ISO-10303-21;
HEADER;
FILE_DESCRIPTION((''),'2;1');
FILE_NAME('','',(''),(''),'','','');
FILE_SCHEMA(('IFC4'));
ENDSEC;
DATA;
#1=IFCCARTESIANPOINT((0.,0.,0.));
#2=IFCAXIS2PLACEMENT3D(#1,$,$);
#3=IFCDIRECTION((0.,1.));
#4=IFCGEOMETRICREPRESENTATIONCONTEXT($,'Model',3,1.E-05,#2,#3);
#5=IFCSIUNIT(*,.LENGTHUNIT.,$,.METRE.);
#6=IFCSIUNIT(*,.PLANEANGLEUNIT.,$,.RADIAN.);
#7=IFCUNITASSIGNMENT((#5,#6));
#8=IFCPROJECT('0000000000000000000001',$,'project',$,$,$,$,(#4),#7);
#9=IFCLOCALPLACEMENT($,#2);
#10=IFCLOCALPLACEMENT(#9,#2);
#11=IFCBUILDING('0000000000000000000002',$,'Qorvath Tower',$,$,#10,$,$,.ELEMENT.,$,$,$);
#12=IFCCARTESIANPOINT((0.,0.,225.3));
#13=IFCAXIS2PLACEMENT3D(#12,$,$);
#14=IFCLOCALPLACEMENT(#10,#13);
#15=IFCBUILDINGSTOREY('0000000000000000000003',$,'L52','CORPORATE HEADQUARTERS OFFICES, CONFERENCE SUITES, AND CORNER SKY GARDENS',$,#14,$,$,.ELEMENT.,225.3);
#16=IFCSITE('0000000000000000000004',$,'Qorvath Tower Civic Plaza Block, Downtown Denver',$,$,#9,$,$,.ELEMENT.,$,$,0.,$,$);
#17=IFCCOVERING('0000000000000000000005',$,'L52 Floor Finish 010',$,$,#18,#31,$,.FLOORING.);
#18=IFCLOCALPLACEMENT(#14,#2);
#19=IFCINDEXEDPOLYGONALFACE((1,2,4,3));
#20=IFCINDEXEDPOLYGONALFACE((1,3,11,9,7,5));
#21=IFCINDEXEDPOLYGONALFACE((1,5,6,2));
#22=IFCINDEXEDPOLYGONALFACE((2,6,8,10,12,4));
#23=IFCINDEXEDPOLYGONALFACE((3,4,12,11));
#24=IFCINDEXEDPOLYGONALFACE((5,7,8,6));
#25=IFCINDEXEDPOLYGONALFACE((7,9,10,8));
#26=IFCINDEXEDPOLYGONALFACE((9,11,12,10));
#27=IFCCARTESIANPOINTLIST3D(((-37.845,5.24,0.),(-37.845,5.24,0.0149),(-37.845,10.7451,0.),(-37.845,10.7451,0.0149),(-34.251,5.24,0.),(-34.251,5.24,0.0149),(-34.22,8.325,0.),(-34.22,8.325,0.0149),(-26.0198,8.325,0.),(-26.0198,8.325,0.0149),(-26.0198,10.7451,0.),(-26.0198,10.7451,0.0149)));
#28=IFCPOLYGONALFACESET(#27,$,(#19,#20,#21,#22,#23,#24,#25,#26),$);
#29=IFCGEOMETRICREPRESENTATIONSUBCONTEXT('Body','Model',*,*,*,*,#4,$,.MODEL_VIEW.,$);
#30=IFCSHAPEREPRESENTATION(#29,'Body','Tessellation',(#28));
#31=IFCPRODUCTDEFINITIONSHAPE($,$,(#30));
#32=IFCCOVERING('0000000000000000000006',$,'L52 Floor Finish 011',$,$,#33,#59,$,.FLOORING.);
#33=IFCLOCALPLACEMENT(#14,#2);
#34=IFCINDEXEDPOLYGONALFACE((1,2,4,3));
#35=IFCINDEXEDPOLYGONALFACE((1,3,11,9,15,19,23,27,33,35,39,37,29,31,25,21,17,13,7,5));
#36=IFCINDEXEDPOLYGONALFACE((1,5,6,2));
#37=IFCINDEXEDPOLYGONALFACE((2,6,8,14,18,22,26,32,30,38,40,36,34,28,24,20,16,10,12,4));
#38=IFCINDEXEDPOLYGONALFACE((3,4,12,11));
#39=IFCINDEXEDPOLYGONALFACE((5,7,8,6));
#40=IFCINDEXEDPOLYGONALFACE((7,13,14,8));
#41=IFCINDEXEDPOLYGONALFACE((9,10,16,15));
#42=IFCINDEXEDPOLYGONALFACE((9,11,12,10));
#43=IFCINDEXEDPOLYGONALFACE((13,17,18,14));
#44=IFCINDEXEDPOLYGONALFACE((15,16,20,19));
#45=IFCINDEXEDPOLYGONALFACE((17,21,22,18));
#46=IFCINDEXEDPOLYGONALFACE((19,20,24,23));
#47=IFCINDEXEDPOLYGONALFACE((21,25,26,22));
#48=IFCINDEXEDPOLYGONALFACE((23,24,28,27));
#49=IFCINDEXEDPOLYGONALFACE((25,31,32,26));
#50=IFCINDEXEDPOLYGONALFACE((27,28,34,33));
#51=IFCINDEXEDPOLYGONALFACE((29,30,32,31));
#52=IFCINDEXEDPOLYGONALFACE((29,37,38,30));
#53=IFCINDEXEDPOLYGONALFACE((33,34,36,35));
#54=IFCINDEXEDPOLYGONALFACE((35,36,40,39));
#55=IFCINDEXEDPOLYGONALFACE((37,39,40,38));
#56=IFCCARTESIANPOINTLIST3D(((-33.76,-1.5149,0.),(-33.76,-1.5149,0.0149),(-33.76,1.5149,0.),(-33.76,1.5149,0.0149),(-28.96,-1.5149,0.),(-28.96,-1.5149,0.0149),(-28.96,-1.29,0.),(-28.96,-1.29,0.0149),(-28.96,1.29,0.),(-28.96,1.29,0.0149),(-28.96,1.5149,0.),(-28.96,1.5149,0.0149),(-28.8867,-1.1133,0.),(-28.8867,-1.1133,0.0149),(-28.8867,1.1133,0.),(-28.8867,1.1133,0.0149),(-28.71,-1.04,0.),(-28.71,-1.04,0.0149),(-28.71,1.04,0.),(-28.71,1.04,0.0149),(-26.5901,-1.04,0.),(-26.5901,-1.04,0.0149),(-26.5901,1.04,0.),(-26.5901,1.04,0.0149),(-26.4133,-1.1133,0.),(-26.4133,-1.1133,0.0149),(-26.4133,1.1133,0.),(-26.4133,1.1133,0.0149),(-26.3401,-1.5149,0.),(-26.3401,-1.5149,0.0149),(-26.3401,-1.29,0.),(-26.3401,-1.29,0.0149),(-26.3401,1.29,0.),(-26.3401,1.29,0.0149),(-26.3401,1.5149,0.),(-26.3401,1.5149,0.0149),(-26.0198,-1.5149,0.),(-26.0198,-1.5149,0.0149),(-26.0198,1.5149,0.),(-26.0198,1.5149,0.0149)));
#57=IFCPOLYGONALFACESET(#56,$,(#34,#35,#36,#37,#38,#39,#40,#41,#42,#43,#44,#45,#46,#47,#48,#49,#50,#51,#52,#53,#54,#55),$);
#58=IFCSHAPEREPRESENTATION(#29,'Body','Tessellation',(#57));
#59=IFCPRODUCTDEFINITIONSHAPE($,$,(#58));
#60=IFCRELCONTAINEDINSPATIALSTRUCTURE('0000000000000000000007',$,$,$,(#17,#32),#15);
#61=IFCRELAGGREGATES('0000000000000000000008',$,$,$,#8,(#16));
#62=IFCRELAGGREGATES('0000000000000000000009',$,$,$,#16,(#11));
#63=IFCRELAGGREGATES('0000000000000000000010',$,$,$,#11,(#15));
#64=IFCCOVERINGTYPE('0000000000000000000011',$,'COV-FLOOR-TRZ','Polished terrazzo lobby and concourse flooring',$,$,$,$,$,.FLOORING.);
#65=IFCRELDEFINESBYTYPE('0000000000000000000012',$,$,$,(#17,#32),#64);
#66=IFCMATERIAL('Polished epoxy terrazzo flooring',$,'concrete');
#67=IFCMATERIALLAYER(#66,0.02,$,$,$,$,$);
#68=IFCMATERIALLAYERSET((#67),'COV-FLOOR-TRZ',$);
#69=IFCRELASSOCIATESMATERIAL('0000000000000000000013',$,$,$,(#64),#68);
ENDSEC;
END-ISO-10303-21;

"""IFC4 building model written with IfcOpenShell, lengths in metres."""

from ifc_helpers import new_model, si_unit, direction, frame, origin, place, context, subcontext, project, spatial, polyline, outline, extrude, material, layer, layer_set, type_object, element, save


model = new_model("IFC4")

# Units and contexts
model_context = context("Model", 3, precision=1e-05, world=origin(), true_north=direction((0.0, 1.0)))
body_context = subcontext(model_context, "Body", "Model", "MODEL_VIEW")
ifc_project = project(units=[si_unit("LENGTHUNIT", "METRE"), si_unit("PLANEANGLEUNIT", "RADIAN")], contexts=[model_context])

# Site, building, storey
site_placement = place(None, origin())
site = spatial("IfcSite", under=ifc_project, at=site_placement, Name="Qorvath Tower Civic Plaza Block, Downtown Denver", CompositionType="ELEMENT", RefElevation=0.0)
building_placement = place(site_placement, origin())
building = spatial("IfcBuilding", under=site, at=building_placement, Name="Qorvath Tower", CompositionType="ELEMENT")
storey_placement = place(building_placement, frame((0.0, 0.0, 225.3)))
storey = spatial("IfcBuildingStorey", under=building, at=storey_placement, Name="L52", Description="CORPORATE HEADQUARTERS OFFICES, CONFERENCE SUITES, AND CORNER SKY GARDENS", CompositionType="ELEMENT", Elevation=225.3)

# Coverings
ifc_material_1 = material(Name="Polished epoxy terrazzo flooring", Category="concrete")
ifc_layer_1 = layer(ifc_material_1, 0.02)
ifc_layer_set_1 = layer_set([ifc_layer_1], Name="COV-FLOOR-TRZ")
covering_type_1 = type_object("IfcCoveringType", Name="COV-FLOOR-TRZ", Description="Polished terrazzo lobby and concourse flooring", PredefinedType="FLOORING", material=ifc_layer_set_1)
covering_1_placement = place(storey_placement, origin())
element("IfcCovering", 1, at=covering_1_placement, inside=storey, type_object=covering_type_1, Name="L52 Floor Finish 010", PredefinedType="FLOORING", context=body_context, shape_type="SweptSolid", body=[
    extrude(outline(polyline([(-26.0198, 8.325), (-26.0198, 10.7451), (-37.845, 10.7451), (-37.845, 5.24), (-34.251, 5.24), (-34.22, 8.325), (-26.0198, 8.325)])), origin(), (0.0, 0.0, 1.0), 0.0149),
])
covering_2_placement = place(storey_placement, origin())
element("IfcCovering", 2, at=covering_2_placement, inside=storey, type_object=covering_type_1, Name="L52 Floor Finish 011", PredefinedType="FLOORING", context=body_context, shape_type="SweptSolid", body=[
    extrude(outline(polyline([(-26.0198, -1.5149), (-26.0198, 1.5149), (-26.3401, 1.5149), (-26.3401, 1.29), (-26.4133, 1.1133), (-26.5901, 1.04), (-28.71, 1.04), (-28.8867, 1.1133), (-28.96, 1.29), (-28.96, 1.5149), (-33.76, 1.5149), (-33.76, -1.5149), (-28.96, -1.5149), (-28.96, -1.29), (-28.8867, -1.1133), (-28.71, -1.04), (-26.5901, -1.04), (-26.4133, -1.1133), (-26.3401, -1.29), (-26.3401, -1.5149), (-26.0198, -1.5149)])), origin(), (0.0, 0.0, 1.0), 0.0149),
])

save(model, "model.ifc")
